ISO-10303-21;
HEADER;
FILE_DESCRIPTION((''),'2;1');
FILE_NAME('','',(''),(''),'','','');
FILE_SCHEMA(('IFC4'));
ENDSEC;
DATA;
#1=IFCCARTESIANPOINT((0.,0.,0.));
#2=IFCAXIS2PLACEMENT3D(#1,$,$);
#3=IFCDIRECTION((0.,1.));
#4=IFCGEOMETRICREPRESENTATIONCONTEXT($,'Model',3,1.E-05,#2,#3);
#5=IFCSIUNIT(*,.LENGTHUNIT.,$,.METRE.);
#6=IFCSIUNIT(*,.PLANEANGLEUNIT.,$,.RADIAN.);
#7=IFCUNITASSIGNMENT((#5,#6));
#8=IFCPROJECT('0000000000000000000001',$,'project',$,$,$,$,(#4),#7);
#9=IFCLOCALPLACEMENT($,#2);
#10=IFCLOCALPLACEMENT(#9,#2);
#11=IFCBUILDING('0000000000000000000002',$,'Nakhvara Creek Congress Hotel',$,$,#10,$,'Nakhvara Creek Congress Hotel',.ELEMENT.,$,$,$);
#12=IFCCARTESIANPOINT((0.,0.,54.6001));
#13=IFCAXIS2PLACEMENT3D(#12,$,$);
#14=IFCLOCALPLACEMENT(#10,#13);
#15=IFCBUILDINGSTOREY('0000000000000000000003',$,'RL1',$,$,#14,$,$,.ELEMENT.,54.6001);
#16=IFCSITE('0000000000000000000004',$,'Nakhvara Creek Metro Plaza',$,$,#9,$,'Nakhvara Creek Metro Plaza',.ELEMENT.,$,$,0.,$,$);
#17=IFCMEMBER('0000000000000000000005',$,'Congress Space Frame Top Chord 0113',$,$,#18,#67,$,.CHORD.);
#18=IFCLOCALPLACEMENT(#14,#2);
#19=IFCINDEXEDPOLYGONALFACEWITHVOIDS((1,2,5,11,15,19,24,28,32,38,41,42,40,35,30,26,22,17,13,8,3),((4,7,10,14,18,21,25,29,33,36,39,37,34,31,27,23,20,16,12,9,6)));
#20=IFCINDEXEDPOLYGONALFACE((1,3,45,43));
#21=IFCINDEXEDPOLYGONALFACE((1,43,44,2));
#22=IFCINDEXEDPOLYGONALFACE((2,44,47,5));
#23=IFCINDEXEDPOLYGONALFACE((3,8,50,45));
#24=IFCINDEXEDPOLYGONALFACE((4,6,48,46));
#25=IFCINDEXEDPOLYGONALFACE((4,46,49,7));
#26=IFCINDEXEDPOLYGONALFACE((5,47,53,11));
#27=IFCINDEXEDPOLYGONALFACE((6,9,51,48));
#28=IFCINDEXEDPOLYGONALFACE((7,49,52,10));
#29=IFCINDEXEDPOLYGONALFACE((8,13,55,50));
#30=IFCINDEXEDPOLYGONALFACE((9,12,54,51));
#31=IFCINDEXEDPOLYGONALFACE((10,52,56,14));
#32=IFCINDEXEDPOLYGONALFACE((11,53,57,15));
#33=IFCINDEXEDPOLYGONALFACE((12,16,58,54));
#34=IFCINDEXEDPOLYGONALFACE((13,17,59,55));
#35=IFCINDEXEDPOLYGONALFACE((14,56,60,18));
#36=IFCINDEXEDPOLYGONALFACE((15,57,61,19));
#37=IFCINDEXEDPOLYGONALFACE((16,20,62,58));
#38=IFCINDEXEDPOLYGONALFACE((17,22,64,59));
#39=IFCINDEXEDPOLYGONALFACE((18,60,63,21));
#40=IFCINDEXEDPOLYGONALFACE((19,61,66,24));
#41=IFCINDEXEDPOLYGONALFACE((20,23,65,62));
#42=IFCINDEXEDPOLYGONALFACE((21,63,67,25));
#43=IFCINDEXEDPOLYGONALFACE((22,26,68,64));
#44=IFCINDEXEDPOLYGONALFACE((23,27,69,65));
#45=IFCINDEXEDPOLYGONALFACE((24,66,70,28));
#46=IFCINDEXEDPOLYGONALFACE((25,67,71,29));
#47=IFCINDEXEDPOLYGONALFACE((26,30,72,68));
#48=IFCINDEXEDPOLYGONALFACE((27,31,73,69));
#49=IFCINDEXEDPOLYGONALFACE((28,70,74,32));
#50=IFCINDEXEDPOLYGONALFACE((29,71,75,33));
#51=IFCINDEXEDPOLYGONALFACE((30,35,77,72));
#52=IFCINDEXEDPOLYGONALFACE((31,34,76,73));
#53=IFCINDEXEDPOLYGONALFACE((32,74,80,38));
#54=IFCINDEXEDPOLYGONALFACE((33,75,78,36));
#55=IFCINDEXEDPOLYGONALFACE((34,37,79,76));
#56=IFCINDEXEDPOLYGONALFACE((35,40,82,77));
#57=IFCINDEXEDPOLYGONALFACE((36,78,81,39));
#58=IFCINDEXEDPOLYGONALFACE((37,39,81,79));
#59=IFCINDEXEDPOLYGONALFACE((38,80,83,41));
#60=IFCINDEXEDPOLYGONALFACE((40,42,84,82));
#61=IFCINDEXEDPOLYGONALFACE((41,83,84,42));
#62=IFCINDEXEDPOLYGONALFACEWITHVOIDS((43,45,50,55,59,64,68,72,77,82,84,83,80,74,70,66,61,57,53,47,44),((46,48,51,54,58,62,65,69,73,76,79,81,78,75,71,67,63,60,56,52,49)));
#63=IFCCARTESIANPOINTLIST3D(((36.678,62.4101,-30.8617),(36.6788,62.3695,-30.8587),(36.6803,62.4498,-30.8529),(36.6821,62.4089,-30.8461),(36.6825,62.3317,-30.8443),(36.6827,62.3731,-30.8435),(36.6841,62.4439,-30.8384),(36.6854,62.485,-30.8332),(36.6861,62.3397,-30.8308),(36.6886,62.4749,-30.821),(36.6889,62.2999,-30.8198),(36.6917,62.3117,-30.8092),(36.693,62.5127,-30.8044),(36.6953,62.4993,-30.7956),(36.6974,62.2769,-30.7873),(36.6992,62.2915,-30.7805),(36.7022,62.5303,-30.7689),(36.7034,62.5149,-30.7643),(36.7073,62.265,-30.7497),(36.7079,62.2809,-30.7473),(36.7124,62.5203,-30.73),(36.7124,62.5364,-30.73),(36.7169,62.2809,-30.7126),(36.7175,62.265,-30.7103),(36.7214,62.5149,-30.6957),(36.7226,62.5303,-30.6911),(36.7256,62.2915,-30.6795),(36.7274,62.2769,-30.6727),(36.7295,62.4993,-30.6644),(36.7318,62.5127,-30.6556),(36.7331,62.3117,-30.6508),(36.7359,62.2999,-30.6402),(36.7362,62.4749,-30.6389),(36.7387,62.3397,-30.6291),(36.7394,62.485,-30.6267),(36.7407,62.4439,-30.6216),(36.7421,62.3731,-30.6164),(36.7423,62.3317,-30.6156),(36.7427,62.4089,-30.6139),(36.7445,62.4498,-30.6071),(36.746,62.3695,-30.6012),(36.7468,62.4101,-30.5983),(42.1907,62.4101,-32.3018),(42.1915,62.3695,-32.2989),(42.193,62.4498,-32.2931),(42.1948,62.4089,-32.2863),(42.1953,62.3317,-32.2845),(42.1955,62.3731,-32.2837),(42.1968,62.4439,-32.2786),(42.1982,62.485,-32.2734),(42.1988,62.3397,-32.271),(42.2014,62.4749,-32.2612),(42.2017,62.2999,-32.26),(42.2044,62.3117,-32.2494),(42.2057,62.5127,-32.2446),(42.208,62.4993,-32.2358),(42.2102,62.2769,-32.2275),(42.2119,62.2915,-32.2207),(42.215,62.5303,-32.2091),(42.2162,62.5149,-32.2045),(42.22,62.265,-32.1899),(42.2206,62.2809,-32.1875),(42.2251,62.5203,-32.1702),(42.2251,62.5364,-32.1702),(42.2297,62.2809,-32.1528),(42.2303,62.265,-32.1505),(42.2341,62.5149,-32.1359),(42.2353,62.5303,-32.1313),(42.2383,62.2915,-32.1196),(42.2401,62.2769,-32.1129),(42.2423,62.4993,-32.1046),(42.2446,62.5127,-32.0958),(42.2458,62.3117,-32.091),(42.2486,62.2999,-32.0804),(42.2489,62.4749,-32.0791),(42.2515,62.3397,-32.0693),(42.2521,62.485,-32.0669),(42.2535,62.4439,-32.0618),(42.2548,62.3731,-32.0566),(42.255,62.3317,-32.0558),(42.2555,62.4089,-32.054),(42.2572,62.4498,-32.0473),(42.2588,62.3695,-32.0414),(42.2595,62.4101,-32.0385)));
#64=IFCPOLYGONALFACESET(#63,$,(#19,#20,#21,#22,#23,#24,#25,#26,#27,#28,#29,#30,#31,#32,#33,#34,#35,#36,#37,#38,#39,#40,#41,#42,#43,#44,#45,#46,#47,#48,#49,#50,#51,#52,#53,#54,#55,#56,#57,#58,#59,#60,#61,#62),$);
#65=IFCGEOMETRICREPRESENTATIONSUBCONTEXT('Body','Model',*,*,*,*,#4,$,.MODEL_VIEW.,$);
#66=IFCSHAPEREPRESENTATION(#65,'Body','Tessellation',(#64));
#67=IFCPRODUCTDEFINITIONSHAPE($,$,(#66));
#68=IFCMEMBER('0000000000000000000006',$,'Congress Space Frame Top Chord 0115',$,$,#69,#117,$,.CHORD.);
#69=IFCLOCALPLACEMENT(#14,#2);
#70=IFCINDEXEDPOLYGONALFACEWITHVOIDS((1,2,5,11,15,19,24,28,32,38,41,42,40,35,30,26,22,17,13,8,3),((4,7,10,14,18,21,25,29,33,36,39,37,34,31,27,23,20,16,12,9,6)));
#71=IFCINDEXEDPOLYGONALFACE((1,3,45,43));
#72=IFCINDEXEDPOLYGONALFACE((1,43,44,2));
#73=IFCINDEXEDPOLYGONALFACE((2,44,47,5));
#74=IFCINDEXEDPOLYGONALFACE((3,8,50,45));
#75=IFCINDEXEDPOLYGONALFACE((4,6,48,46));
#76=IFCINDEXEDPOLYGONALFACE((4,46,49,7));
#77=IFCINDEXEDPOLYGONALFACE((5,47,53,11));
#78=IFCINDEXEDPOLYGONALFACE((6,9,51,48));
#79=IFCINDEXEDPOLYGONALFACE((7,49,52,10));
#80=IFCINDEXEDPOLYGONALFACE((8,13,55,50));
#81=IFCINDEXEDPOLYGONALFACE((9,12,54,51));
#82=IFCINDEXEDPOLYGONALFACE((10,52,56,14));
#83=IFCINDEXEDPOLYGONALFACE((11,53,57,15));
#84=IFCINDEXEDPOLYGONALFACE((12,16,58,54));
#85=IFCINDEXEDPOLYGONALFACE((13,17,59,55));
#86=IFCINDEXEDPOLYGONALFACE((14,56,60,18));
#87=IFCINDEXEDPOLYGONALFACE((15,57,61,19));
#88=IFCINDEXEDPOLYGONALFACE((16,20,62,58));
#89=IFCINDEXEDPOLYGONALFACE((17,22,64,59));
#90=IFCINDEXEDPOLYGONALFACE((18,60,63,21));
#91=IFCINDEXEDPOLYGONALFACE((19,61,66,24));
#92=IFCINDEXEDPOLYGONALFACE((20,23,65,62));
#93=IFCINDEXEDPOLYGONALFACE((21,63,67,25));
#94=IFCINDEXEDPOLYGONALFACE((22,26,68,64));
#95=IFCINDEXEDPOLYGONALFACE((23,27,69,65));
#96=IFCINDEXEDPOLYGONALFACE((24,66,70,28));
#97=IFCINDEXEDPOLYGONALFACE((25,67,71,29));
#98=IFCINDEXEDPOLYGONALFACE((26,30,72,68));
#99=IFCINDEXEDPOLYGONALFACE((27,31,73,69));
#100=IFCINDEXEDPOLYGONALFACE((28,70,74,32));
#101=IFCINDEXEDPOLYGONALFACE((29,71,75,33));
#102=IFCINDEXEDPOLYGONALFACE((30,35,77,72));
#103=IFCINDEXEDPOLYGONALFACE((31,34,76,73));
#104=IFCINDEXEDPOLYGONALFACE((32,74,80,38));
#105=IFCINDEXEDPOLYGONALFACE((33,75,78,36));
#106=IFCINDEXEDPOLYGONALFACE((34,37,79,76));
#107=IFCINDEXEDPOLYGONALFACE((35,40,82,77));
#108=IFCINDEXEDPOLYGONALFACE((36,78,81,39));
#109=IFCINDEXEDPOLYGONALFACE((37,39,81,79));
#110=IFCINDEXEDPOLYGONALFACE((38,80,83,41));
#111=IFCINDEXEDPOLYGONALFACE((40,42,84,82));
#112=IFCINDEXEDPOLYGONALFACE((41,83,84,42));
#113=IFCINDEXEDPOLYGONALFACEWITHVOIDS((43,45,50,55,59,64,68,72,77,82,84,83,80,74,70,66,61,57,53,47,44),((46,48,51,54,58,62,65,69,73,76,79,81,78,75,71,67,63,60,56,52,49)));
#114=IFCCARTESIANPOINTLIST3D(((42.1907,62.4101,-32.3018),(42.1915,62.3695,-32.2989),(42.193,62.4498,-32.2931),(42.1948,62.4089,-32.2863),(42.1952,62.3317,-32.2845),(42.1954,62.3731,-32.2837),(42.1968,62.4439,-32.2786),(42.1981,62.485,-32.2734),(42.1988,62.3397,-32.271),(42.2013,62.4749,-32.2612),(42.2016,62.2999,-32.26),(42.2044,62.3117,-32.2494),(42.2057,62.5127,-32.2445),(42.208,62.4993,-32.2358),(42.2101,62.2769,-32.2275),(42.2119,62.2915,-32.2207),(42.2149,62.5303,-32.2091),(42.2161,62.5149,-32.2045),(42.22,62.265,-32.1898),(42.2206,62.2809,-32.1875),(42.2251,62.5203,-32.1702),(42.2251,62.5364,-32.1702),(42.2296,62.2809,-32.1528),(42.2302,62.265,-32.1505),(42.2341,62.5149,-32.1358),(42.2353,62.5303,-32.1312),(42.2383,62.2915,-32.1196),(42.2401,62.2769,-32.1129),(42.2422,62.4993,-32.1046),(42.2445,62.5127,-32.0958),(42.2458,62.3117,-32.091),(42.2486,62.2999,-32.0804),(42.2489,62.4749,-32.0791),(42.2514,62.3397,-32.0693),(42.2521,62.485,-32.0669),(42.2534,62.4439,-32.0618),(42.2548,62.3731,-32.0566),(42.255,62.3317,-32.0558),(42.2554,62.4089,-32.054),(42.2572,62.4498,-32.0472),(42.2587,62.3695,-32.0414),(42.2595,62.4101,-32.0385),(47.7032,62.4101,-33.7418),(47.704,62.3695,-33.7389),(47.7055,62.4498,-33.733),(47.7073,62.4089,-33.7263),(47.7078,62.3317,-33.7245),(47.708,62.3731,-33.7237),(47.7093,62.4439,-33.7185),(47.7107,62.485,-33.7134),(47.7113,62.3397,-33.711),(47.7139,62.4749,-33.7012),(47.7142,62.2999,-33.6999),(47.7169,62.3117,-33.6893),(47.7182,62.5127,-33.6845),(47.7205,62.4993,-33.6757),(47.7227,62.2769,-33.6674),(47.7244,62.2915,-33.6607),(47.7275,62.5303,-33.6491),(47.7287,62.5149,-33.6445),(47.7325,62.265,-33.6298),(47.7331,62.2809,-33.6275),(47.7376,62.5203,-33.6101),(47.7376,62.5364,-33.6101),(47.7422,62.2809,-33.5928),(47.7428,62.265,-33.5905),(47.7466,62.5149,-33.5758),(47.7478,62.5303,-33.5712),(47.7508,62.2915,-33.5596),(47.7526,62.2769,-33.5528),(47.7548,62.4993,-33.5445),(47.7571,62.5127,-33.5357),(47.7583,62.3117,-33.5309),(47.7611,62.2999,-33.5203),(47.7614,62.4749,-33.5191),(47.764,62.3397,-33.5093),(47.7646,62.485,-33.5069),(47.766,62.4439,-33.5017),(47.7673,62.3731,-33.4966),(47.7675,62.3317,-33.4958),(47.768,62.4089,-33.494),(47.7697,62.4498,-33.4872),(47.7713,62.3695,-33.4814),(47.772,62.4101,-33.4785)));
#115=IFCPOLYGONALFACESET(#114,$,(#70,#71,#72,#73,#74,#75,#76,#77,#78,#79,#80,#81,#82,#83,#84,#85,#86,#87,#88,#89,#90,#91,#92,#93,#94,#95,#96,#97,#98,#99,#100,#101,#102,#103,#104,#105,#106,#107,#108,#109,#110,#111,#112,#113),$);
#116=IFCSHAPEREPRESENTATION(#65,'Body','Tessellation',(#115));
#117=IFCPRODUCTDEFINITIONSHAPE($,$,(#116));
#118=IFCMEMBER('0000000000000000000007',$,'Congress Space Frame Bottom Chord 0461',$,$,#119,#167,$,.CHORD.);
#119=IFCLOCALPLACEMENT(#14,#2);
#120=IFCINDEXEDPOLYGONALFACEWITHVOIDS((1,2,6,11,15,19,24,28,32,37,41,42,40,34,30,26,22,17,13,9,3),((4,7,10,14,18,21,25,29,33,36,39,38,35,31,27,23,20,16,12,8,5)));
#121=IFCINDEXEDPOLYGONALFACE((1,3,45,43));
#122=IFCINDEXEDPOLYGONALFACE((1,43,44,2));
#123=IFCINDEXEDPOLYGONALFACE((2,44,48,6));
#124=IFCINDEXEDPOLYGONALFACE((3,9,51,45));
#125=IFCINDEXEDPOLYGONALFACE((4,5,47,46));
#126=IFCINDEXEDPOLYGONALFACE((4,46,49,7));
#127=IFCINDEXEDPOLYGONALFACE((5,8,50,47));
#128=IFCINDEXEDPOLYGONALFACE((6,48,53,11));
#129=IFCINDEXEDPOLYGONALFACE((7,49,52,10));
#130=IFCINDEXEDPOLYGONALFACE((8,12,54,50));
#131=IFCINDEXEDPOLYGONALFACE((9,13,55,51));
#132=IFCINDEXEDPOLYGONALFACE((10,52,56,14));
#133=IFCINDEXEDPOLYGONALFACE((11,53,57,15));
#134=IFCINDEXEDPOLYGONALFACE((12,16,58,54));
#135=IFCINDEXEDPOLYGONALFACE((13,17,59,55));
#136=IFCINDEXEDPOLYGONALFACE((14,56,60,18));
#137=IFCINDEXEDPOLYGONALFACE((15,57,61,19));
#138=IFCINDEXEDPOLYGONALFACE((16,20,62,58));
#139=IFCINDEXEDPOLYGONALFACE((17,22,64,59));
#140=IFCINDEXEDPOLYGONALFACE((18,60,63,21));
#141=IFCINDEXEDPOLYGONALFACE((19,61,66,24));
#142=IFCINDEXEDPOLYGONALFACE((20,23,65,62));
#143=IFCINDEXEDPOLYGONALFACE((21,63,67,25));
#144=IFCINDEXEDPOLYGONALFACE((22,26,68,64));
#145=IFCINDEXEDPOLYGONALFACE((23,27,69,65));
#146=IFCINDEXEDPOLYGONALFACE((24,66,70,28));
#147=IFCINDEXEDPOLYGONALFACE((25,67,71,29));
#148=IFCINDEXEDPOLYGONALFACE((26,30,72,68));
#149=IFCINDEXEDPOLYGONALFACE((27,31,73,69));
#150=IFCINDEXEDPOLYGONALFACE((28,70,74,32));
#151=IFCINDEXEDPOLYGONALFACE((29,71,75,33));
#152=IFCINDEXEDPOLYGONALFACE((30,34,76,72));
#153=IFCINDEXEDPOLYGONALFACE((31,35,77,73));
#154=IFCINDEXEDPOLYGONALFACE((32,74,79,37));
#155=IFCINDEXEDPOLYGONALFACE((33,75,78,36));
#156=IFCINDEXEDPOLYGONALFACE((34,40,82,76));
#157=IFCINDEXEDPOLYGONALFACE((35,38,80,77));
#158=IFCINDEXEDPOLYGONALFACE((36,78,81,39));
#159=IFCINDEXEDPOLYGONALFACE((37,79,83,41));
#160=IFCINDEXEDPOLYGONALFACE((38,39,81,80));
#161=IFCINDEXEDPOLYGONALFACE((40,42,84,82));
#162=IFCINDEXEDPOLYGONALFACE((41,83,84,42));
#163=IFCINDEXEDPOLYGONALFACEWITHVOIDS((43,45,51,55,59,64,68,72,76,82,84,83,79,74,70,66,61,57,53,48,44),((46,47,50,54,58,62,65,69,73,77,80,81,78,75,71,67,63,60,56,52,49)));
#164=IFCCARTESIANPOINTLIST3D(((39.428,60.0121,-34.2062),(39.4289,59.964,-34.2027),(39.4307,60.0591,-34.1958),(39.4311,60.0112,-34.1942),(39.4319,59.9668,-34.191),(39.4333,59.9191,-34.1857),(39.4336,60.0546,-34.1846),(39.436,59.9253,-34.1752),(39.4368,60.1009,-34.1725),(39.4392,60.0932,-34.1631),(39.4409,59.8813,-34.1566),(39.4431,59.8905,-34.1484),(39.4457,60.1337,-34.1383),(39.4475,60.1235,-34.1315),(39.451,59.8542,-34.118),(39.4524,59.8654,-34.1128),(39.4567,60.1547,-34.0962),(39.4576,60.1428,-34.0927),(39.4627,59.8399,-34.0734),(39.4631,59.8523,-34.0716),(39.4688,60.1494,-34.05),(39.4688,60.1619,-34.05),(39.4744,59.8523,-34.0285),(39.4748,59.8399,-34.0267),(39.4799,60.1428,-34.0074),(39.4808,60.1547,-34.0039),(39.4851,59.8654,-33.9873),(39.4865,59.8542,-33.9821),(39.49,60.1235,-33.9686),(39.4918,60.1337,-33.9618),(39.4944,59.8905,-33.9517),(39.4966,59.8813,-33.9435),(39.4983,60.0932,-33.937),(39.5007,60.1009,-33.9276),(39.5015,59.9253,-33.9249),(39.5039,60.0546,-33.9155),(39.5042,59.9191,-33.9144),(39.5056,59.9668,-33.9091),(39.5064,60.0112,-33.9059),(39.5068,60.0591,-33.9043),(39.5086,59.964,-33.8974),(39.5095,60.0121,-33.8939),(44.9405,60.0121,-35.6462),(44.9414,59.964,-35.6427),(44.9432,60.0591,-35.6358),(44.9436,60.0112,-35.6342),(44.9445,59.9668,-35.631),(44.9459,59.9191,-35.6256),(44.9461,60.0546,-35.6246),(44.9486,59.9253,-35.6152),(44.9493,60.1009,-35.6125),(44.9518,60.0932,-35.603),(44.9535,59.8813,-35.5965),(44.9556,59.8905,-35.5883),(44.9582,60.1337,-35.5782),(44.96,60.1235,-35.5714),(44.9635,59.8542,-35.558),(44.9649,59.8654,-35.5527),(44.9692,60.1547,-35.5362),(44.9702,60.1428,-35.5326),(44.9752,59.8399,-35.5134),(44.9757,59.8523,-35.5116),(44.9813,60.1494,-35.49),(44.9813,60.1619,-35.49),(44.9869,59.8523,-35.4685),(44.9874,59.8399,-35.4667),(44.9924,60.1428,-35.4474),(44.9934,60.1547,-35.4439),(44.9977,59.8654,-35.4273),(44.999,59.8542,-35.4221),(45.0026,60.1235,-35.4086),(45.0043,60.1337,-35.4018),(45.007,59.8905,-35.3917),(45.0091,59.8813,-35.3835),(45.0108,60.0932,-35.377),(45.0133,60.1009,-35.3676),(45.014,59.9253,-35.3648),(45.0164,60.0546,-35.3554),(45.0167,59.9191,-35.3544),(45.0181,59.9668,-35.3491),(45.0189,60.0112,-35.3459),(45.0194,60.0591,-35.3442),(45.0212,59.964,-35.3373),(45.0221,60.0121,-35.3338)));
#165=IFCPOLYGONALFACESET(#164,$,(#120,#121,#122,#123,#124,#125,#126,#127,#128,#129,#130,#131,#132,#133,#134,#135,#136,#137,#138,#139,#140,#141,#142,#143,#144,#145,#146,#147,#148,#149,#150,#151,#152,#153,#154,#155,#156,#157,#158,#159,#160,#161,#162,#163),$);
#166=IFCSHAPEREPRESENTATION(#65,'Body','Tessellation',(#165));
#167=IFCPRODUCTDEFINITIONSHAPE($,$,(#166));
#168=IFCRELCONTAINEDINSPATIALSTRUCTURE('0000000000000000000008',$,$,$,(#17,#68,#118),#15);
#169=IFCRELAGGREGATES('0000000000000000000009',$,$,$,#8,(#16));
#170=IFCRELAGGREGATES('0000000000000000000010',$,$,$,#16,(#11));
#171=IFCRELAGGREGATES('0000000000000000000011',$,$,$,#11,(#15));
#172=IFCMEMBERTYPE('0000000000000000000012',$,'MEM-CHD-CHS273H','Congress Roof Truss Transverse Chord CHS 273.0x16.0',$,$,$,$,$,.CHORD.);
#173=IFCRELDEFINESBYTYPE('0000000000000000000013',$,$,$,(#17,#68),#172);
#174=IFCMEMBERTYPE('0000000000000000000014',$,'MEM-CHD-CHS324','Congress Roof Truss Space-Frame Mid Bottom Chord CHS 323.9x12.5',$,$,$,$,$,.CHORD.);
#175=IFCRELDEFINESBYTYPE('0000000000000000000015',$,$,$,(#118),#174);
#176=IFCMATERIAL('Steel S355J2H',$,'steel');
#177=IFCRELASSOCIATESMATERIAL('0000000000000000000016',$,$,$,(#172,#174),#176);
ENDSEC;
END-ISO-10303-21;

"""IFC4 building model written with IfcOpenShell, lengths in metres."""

from ifc_helpers import new_model, si_unit, direction, frame, origin, origin_2d, place, context, subcontext, project, spatial, hollow_circle, extrude, material, material_profile, profile_set, type_object, element, save


model = new_model("IFC4")

# Units and contexts
model_context = context("Model", 3, precision=1e-05, world=origin(), true_north=direction((0.0, 1.0)))
body_context = subcontext(model_context, "Body", "Model", "MODEL_VIEW")
ifc_project = project(units=[si_unit("LENGTHUNIT", "METRE"), si_unit("PLANEANGLEUNIT", "RADIAN")], contexts=[model_context])

# Site, building, storey
site_placement = place(None, origin())
site = spatial("IfcSite", under=ifc_project, at=site_placement, Name="Nakhvara Creek Metro Plaza", LongName="Nakhvara Creek Metro Plaza", CompositionType="ELEMENT", RefElevation=0.0)
building_placement = place(site_placement, origin())
building = spatial("IfcBuilding", under=site, at=building_placement, Name="Nakhvara Creek Congress Hotel", LongName="Nakhvara Creek Congress Hotel", CompositionType="ELEMENT")
storey_placement = place(building_placement, frame((0.0, 0.0, 54.6001)))
storey = spatial("IfcBuildingStorey", under=building, at=storey_placement, Name="RL1", CompositionType="ELEMENT", Elevation=54.6001)

# Members
ifc_material_1 = material(Name="Steel S355J2H", Category="steel")
ifc_material_profile_1 = material_profile(ifc_material_1, hollow_circle(Radius=0.1365, WallThickness=0.0161, at=origin_2d()), Name="CHS 273.0x16.0", Category="LoadBearing")
ifc_profile_set_1 = profile_set([ifc_material_profile_1], Name="Steel S355J2H")
member_type_1 = type_object("IfcMemberType", Name="MEM-CHD-CHS273H", Description="Congress Roof Truss Transverse Chord CHS 273.0x16.0", PredefinedType="CHORD", material=ifc_profile_set_1)
member_1_placement = place(storey_placement, frame((36.7124, 62.3999, -30.73), z_axis=(0.967528, 0.0, -0.252766), x_axis=(0.0, 1.0, 0.0)))
element("IfcMember", 1, at=member_1_placement, inside=storey, type_object=member_type_1, Name="Congress Space Frame Top Chord 0113", PredefinedType="CHORD", context=body_context, shape_type="SweptSolid", body=[
    extrude(hollow_circle(Radius=0.1365, WallThickness=0.0161, at=origin_2d()), origin(), (0.0, 0.0, 1.0), 5.6978),
])
member_2_placement = place(storey_placement, frame((42.2251, 62.3999, -32.1702), z_axis=(0.967535, 0.0, -0.252736), x_axis=(0.0, 1.0, 0.0)))
element("IfcMember", 2, at=member_2_placement, inside=storey, type_object=member_type_1, Name="Congress Space Frame Top Chord 0115", PredefinedType="CHORD", context=body_context, shape_type="SweptSolid", body=[
    extrude(hollow_circle(Radius=0.1365, WallThickness=0.0161, at=origin_2d()), origin(), (0.0, 0.0, 1.0), 5.6975),
])
ifc_material_profile_2 = material_profile(ifc_material_1, hollow_circle(Radius=0.1619, WallThickness=0.0125, at=origin_2d()), Name="CHS 323.9x12.5", Category="LoadBearing")
ifc_profile_set_2 = profile_set([ifc_material_profile_2], Name="Steel S355J2H")
member_type_2 = type_object("IfcMemberType", Name="MEM-CHD-CHS324", Description="Congress Roof Truss Space-Frame Mid Bottom Chord CHS 323.9x12.5", PredefinedType="CHORD", material=ifc_profile_set_2)
for number, where, z_axis, x_axis, name in (
    (3, (39.4688, 60.0, -34.05), (0.967535, 0.0, -0.252736), (0.0, 1.0, 0.0), "Congress Space Frame Bottom Chord 0461"),
):
    element("IfcMember", number, at=place(storey_placement, frame(where, z_axis=z_axis, x_axis=x_axis)), inside=storey, type_object=member_type_2, Name=name, PredefinedType="CHORD", context=body_context, shape_type="SweptSolid", body=[
        extrude(hollow_circle(Radius=0.1619, WallThickness=0.0125, at=origin_2d()), origin(), (0.0, 0.0, 1.0), 5.6975),
    ])

save(model, "model.ifc")
